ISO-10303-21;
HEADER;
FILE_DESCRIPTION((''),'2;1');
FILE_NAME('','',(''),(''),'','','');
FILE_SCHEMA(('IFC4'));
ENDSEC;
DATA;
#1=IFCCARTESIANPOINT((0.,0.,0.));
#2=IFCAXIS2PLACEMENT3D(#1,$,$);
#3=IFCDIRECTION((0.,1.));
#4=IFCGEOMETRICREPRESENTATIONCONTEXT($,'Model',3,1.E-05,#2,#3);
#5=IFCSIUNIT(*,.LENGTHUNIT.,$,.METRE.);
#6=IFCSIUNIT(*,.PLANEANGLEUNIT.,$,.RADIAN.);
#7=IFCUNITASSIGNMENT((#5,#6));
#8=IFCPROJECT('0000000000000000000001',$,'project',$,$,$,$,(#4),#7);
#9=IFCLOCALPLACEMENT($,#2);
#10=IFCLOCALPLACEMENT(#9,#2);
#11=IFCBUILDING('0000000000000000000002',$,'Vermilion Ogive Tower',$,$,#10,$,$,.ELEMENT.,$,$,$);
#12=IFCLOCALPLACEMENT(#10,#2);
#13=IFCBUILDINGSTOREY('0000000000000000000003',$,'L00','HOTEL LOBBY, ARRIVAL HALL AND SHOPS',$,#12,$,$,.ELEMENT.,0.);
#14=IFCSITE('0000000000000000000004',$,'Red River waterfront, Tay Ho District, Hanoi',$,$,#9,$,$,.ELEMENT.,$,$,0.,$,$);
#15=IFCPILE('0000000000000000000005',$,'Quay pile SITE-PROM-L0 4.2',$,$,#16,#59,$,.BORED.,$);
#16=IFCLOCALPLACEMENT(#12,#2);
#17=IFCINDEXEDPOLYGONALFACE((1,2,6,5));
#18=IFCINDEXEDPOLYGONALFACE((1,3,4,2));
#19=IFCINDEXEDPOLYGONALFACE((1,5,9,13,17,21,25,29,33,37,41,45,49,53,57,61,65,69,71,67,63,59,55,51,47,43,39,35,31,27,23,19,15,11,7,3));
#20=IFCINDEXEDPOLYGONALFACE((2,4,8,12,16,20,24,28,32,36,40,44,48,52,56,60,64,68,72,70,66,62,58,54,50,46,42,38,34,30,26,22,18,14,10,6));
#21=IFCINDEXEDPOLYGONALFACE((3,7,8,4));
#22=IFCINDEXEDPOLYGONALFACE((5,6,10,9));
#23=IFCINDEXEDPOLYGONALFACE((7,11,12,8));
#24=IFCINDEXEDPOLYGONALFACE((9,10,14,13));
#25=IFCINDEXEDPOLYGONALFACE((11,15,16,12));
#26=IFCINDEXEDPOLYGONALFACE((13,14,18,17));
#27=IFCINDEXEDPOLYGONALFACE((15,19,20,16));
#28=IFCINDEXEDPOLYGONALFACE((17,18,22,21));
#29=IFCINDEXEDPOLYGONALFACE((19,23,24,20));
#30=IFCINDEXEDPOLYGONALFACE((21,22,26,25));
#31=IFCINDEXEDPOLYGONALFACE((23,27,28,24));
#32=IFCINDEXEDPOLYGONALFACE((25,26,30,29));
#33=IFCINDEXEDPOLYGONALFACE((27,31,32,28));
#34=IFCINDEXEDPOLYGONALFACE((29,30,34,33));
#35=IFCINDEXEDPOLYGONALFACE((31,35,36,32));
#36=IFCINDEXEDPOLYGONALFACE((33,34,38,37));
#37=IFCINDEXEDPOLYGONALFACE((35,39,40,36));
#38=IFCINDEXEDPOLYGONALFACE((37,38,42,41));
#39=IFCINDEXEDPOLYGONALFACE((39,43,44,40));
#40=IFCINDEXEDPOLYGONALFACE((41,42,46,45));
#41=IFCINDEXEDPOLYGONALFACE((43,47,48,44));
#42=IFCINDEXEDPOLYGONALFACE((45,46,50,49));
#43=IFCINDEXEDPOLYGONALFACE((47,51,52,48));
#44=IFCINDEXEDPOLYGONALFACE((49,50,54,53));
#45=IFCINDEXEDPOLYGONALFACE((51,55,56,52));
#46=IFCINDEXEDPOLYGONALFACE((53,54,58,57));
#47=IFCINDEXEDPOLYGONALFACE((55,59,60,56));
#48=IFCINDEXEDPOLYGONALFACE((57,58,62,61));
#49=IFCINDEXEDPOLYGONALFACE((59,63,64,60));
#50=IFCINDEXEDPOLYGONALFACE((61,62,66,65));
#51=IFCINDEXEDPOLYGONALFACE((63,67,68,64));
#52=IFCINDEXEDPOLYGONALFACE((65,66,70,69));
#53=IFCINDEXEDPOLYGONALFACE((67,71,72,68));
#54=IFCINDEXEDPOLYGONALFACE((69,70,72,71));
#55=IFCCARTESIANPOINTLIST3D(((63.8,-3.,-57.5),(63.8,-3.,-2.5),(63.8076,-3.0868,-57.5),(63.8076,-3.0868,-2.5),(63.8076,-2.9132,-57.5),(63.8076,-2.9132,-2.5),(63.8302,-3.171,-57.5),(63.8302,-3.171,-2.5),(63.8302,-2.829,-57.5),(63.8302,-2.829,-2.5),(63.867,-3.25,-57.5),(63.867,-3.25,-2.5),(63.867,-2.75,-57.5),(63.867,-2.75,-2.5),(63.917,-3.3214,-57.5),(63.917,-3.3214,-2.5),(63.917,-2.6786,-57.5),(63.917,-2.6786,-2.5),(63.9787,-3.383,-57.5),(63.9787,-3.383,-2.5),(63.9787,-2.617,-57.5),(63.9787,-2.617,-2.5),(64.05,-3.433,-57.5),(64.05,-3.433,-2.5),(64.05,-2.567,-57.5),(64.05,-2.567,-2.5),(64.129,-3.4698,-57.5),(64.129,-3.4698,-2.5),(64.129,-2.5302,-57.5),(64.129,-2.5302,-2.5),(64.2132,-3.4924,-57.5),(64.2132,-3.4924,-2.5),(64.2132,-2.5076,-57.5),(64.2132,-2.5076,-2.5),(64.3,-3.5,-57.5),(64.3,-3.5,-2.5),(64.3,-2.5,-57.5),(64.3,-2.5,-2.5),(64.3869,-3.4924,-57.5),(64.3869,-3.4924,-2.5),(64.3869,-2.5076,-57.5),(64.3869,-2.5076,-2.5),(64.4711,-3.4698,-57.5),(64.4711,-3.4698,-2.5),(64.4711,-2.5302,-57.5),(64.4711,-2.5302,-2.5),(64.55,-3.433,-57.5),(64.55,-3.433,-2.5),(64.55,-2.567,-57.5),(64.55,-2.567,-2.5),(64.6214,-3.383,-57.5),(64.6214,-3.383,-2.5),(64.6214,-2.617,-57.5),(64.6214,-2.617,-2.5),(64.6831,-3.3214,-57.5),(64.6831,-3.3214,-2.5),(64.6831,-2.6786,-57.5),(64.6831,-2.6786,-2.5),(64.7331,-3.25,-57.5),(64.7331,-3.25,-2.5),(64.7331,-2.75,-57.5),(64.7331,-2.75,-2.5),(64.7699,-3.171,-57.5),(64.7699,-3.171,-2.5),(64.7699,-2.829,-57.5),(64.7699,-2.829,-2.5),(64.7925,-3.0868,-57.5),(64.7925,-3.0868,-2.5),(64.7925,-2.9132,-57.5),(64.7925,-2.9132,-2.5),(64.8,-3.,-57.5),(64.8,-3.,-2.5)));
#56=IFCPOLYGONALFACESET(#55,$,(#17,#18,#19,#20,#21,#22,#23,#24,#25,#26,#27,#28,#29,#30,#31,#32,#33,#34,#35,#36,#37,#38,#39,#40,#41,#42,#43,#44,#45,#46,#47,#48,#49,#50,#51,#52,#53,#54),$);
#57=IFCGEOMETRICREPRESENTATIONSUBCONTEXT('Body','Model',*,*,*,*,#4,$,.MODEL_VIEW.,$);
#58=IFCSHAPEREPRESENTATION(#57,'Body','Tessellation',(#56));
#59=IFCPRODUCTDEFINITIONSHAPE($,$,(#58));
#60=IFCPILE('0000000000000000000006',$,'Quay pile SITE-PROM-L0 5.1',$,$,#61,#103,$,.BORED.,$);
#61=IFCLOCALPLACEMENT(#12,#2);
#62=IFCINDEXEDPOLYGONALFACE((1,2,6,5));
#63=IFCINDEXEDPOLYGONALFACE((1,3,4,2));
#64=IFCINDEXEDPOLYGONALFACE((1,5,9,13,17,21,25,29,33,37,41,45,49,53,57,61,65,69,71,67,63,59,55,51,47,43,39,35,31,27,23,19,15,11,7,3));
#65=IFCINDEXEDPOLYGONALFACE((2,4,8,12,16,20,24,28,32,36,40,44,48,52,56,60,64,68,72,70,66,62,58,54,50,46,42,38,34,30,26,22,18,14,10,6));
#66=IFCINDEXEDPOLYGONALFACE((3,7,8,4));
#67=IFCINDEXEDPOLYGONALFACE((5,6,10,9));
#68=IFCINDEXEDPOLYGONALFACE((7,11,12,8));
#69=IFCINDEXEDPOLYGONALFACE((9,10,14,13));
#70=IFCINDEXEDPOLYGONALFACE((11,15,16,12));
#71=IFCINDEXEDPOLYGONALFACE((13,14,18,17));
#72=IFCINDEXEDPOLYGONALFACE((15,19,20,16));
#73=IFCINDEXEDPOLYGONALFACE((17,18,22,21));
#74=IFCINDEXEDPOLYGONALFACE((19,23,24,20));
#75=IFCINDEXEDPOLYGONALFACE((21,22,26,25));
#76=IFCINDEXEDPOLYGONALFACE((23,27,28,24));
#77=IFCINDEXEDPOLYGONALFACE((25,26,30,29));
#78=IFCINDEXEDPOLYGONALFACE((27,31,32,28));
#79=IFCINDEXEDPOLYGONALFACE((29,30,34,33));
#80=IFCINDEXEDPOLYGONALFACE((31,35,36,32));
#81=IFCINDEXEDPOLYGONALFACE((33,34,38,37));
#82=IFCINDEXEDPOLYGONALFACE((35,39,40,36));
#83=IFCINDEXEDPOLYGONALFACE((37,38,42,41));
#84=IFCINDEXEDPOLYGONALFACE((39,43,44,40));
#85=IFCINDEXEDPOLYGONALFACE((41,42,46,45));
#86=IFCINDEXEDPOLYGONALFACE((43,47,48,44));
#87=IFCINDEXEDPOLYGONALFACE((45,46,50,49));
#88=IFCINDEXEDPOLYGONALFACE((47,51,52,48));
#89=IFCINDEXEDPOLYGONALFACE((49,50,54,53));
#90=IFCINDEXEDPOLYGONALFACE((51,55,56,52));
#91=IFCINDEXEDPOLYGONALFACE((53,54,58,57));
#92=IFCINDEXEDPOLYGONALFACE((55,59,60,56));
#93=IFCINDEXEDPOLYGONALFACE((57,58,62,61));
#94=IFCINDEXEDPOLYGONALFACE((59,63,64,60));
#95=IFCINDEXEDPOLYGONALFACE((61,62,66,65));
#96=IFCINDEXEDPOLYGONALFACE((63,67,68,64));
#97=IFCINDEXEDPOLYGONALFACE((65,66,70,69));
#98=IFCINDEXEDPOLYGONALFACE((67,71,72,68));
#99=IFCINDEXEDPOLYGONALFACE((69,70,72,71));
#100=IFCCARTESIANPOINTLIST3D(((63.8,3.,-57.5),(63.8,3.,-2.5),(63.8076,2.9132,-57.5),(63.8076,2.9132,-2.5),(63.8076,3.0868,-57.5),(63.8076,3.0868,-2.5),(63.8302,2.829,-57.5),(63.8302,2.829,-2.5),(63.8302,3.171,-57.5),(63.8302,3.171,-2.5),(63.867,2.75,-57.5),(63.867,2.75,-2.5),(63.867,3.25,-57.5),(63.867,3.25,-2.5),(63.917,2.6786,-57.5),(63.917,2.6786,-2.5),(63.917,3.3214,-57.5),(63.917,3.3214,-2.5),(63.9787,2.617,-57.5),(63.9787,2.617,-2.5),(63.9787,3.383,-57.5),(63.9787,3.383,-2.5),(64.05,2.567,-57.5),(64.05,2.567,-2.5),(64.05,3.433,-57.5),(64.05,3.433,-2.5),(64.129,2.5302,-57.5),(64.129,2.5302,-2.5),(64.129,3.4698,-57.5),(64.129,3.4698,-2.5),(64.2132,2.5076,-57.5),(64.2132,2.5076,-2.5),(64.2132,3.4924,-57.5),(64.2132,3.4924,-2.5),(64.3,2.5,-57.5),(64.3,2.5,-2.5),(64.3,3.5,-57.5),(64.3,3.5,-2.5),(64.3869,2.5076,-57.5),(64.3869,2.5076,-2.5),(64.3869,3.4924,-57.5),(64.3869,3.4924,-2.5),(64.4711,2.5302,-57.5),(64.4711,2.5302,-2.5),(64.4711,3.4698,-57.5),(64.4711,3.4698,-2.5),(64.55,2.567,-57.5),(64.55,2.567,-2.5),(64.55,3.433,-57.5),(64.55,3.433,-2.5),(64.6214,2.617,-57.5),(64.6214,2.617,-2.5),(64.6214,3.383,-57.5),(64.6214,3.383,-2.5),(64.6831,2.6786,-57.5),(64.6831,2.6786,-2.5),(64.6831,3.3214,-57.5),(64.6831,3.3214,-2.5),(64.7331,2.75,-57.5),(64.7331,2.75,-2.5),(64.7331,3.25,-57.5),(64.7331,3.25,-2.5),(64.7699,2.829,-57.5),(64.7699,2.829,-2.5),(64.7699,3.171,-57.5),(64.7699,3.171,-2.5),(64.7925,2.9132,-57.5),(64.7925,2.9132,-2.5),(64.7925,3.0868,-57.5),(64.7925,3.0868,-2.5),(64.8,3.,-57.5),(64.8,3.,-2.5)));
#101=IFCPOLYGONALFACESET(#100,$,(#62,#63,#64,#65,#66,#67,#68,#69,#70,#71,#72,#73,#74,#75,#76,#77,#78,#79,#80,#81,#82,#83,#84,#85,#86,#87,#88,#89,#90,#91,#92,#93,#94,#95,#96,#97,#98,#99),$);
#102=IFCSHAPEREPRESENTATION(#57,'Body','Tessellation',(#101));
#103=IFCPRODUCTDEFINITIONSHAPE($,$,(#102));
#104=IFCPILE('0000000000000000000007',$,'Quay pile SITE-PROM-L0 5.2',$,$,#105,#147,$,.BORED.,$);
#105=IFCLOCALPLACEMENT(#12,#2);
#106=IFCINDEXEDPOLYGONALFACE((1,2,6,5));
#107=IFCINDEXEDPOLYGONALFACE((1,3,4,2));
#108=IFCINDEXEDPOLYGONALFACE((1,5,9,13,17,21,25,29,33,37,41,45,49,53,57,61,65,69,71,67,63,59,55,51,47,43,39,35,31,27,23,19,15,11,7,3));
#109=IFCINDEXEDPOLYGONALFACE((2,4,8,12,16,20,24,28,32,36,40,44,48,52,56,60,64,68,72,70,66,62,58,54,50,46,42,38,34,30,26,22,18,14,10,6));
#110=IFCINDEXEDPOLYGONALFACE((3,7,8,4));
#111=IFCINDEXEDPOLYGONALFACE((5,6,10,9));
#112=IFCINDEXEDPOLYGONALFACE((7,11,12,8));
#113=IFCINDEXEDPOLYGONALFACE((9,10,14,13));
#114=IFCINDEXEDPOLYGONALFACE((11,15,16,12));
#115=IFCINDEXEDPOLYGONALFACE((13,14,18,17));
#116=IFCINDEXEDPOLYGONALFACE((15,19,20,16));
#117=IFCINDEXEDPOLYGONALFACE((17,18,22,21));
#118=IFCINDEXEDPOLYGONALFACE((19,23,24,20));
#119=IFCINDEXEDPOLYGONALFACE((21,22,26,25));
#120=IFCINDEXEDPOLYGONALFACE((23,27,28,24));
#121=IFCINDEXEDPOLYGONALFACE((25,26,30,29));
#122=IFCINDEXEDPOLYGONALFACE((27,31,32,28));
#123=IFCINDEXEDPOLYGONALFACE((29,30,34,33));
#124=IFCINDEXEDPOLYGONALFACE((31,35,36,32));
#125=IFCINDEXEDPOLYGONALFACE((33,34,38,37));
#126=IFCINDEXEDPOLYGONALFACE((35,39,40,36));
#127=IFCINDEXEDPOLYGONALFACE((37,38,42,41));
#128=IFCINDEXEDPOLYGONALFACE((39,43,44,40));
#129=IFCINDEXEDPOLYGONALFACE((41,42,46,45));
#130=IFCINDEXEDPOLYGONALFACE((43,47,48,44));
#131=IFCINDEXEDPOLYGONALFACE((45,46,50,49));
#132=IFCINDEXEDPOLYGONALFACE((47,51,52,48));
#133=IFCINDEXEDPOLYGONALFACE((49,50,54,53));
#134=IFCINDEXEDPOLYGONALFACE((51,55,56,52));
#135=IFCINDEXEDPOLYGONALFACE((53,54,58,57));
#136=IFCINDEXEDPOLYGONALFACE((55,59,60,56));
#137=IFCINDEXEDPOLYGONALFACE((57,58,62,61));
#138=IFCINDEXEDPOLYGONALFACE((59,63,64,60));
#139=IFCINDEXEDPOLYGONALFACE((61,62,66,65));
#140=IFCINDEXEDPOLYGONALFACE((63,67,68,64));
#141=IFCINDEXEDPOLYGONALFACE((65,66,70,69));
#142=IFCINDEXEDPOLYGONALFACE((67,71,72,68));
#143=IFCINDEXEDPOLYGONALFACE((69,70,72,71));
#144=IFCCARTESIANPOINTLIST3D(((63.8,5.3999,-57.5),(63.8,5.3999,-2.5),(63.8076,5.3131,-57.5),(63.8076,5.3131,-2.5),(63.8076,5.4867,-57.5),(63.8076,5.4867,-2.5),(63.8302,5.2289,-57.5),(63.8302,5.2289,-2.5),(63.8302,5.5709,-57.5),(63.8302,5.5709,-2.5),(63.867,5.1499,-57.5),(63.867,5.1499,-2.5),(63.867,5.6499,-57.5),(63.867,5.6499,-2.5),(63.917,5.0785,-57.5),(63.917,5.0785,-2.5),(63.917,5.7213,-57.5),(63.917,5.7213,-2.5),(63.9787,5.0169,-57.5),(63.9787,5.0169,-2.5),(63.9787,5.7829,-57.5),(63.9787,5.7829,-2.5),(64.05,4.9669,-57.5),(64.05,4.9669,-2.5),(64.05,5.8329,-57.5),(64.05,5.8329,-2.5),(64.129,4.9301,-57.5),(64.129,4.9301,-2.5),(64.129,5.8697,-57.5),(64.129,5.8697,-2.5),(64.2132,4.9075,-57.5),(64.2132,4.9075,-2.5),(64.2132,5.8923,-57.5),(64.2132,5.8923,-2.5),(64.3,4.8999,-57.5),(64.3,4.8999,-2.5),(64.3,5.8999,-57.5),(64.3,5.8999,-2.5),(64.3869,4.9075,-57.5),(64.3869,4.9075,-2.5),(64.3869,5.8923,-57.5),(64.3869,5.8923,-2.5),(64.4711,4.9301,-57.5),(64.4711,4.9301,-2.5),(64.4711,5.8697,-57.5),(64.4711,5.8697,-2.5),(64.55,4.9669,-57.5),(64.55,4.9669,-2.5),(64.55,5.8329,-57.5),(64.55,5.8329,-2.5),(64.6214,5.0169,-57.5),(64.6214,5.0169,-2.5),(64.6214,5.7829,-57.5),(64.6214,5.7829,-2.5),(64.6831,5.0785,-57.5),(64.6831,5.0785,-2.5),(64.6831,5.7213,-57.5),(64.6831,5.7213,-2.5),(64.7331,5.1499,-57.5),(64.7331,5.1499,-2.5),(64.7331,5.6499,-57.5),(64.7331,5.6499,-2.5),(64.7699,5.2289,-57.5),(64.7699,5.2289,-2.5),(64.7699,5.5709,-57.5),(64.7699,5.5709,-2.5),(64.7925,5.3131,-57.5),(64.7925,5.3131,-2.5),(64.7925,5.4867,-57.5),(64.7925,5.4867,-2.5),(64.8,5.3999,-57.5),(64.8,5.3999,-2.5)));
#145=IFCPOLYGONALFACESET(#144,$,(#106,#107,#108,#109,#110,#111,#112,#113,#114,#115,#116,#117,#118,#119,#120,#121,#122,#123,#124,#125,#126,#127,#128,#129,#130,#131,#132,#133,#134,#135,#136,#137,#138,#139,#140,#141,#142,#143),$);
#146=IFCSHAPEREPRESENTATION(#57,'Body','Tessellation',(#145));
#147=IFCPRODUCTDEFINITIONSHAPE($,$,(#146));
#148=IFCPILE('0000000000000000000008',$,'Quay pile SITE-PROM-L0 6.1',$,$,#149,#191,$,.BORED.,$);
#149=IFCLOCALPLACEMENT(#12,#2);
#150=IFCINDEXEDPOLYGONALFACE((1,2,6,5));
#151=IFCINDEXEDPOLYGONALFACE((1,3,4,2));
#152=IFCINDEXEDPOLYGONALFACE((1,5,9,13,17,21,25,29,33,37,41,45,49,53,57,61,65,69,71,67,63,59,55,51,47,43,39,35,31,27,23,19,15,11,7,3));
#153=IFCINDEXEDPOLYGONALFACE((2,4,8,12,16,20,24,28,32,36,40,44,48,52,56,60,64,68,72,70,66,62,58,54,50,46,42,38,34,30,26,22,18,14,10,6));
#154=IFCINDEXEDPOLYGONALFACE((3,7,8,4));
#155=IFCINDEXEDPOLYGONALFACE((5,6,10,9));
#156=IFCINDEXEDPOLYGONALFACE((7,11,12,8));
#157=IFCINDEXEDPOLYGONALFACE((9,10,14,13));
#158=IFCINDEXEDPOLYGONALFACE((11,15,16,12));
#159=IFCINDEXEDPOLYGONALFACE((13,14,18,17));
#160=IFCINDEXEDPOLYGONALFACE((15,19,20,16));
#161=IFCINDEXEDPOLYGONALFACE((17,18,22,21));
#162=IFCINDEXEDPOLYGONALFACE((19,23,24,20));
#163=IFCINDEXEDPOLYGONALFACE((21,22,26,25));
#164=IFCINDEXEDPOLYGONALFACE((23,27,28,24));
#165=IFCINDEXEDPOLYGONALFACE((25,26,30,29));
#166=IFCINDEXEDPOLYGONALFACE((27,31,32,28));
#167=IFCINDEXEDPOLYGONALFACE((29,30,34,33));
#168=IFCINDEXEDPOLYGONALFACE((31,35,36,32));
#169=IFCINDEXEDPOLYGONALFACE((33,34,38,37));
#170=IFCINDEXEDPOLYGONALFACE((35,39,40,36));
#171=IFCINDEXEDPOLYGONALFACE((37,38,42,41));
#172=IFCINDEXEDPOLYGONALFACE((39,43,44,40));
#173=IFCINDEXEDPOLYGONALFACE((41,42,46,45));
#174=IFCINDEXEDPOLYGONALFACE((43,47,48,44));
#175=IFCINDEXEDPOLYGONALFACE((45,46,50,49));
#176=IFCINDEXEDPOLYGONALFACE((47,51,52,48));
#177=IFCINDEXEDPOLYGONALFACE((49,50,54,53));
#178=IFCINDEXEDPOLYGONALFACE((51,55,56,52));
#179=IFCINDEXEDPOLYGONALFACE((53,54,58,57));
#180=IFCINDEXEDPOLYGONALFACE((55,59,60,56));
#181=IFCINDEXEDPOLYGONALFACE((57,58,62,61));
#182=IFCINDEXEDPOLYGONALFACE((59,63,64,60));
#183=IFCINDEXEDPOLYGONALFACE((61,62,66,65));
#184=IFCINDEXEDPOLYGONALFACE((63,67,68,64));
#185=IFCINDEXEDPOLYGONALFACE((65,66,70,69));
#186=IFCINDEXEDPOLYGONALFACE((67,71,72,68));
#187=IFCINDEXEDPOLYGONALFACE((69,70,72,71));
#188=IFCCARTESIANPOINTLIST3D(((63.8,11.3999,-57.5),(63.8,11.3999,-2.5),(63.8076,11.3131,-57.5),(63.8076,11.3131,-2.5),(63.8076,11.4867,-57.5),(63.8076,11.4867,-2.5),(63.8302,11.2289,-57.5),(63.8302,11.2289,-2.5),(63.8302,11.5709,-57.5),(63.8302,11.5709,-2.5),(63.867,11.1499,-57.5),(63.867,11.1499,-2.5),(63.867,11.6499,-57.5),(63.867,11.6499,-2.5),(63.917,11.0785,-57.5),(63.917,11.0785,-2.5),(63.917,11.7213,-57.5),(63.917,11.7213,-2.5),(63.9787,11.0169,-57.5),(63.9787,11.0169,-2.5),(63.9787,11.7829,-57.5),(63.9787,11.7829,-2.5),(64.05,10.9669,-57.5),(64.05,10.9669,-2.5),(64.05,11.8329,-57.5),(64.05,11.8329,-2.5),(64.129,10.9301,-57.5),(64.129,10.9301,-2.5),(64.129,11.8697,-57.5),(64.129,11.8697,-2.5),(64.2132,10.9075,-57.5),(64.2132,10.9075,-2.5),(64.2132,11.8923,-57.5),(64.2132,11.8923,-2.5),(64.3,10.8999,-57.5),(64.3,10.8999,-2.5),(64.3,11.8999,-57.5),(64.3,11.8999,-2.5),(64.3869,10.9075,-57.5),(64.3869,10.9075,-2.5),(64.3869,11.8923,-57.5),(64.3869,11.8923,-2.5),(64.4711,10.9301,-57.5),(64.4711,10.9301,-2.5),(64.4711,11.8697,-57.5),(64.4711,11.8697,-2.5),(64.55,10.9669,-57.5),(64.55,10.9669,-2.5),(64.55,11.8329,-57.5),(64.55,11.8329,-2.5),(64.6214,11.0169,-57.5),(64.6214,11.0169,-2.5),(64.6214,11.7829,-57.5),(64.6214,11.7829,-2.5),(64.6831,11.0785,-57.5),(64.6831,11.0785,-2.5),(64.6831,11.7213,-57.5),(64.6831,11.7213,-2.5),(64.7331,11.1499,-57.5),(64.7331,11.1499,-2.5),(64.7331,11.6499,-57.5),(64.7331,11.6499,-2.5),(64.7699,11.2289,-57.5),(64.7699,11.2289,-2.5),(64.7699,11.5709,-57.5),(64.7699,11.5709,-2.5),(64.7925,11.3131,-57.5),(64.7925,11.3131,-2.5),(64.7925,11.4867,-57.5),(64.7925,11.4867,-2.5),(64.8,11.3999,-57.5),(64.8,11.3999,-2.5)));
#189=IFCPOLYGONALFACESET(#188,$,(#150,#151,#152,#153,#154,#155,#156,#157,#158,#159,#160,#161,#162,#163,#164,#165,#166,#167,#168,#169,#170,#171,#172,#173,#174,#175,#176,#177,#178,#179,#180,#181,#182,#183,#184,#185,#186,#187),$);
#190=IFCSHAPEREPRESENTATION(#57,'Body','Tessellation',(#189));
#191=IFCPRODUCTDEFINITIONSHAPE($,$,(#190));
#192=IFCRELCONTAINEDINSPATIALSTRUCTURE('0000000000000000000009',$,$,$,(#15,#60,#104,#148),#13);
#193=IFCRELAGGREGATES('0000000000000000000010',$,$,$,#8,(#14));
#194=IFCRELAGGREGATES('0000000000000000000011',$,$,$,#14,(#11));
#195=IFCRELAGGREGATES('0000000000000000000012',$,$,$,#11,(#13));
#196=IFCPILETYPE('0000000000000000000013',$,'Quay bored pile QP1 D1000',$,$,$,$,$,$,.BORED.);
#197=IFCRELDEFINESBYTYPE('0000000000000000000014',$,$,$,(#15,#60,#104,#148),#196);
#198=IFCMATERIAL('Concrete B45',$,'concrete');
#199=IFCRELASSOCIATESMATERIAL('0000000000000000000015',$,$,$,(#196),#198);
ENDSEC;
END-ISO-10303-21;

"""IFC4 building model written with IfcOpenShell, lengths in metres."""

from ifc_helpers import new_model, si_unit, direction, frame, origin, origin_2d, place, context, subcontext, project, spatial, circle, extrude, material, type_object, element, save


model = new_model("IFC4")

# Units and contexts
model_context = context("Model", 3, precision=1e-05, world=origin(), true_north=direction((0.0, 1.0)))
body_context = subcontext(model_context, "Body", "Model", "MODEL_VIEW")
ifc_project = project(units=[si_unit("LENGTHUNIT", "METRE"), si_unit("PLANEANGLEUNIT", "RADIAN")], contexts=[model_context])

# Site, building, storey
site_placement = place(None, origin())
site = spatial("IfcSite", under=ifc_project, at=site_placement, Name="Red River waterfront, Tay Ho District, Hanoi", CompositionType="ELEMENT", RefElevation=0.0)
building_placement = place(site_placement, origin())
building = spatial("IfcBuilding", under=site, at=building_placement, Name="Vermilion Ogive Tower", CompositionType="ELEMENT")
storey_placement = place(building_placement, origin())
storey = spatial("IfcBuildingStorey", under=building, at=storey_placement, Name="L00", Description="HOTEL LOBBY, ARRIVAL HALL AND SHOPS", CompositionType="ELEMENT", Elevation=0.0)

# Piles
ifc_material_1 = material(Name="Concrete B45", Category="concrete")
pile_type = type_object("IfcPileType", Name="Quay bored pile QP1 D1000", PredefinedType="BORED", material=ifc_material_1)
for number, where, z_axis, x_axis, name in (
    (1, (64.3, -3.0, -2.5), (0.0, 0.0, -1.0), (1.0, 0.0, 0.0), "Quay pile SITE-PROM-L0 4.2"),
    (2, (64.3, 3.0, -2.5), (0.0, 0.0, -1.0), (1.0, 0.0, 0.0), "Quay pile SITE-PROM-L0 5.1"),
    (3, (64.3, 5.3999, -2.5), (0.0, 0.0, -1.0), (1.0, 0.0, 0.0), "Quay pile SITE-PROM-L0 5.2"),
    (4, (64.3, 11.3999, -2.5), (0.0, 0.0, -1.0), (1.0, 0.0, 0.0), "Quay pile SITE-PROM-L0 6.1"),
):
    element("IfcPile", number, at=place(storey_placement, frame(where, z_axis=z_axis, x_axis=x_axis)), inside=storey, type_object=pile_type, Name=name, PredefinedType="BORED", context=body_context, shape_type="SweptSolid", body=[
        extrude(circle(Radius=0.5, at=origin_2d()), origin(), (0.0, 0.0, 1.0), 55.0),
    ])

save(model, "model.ifc")
